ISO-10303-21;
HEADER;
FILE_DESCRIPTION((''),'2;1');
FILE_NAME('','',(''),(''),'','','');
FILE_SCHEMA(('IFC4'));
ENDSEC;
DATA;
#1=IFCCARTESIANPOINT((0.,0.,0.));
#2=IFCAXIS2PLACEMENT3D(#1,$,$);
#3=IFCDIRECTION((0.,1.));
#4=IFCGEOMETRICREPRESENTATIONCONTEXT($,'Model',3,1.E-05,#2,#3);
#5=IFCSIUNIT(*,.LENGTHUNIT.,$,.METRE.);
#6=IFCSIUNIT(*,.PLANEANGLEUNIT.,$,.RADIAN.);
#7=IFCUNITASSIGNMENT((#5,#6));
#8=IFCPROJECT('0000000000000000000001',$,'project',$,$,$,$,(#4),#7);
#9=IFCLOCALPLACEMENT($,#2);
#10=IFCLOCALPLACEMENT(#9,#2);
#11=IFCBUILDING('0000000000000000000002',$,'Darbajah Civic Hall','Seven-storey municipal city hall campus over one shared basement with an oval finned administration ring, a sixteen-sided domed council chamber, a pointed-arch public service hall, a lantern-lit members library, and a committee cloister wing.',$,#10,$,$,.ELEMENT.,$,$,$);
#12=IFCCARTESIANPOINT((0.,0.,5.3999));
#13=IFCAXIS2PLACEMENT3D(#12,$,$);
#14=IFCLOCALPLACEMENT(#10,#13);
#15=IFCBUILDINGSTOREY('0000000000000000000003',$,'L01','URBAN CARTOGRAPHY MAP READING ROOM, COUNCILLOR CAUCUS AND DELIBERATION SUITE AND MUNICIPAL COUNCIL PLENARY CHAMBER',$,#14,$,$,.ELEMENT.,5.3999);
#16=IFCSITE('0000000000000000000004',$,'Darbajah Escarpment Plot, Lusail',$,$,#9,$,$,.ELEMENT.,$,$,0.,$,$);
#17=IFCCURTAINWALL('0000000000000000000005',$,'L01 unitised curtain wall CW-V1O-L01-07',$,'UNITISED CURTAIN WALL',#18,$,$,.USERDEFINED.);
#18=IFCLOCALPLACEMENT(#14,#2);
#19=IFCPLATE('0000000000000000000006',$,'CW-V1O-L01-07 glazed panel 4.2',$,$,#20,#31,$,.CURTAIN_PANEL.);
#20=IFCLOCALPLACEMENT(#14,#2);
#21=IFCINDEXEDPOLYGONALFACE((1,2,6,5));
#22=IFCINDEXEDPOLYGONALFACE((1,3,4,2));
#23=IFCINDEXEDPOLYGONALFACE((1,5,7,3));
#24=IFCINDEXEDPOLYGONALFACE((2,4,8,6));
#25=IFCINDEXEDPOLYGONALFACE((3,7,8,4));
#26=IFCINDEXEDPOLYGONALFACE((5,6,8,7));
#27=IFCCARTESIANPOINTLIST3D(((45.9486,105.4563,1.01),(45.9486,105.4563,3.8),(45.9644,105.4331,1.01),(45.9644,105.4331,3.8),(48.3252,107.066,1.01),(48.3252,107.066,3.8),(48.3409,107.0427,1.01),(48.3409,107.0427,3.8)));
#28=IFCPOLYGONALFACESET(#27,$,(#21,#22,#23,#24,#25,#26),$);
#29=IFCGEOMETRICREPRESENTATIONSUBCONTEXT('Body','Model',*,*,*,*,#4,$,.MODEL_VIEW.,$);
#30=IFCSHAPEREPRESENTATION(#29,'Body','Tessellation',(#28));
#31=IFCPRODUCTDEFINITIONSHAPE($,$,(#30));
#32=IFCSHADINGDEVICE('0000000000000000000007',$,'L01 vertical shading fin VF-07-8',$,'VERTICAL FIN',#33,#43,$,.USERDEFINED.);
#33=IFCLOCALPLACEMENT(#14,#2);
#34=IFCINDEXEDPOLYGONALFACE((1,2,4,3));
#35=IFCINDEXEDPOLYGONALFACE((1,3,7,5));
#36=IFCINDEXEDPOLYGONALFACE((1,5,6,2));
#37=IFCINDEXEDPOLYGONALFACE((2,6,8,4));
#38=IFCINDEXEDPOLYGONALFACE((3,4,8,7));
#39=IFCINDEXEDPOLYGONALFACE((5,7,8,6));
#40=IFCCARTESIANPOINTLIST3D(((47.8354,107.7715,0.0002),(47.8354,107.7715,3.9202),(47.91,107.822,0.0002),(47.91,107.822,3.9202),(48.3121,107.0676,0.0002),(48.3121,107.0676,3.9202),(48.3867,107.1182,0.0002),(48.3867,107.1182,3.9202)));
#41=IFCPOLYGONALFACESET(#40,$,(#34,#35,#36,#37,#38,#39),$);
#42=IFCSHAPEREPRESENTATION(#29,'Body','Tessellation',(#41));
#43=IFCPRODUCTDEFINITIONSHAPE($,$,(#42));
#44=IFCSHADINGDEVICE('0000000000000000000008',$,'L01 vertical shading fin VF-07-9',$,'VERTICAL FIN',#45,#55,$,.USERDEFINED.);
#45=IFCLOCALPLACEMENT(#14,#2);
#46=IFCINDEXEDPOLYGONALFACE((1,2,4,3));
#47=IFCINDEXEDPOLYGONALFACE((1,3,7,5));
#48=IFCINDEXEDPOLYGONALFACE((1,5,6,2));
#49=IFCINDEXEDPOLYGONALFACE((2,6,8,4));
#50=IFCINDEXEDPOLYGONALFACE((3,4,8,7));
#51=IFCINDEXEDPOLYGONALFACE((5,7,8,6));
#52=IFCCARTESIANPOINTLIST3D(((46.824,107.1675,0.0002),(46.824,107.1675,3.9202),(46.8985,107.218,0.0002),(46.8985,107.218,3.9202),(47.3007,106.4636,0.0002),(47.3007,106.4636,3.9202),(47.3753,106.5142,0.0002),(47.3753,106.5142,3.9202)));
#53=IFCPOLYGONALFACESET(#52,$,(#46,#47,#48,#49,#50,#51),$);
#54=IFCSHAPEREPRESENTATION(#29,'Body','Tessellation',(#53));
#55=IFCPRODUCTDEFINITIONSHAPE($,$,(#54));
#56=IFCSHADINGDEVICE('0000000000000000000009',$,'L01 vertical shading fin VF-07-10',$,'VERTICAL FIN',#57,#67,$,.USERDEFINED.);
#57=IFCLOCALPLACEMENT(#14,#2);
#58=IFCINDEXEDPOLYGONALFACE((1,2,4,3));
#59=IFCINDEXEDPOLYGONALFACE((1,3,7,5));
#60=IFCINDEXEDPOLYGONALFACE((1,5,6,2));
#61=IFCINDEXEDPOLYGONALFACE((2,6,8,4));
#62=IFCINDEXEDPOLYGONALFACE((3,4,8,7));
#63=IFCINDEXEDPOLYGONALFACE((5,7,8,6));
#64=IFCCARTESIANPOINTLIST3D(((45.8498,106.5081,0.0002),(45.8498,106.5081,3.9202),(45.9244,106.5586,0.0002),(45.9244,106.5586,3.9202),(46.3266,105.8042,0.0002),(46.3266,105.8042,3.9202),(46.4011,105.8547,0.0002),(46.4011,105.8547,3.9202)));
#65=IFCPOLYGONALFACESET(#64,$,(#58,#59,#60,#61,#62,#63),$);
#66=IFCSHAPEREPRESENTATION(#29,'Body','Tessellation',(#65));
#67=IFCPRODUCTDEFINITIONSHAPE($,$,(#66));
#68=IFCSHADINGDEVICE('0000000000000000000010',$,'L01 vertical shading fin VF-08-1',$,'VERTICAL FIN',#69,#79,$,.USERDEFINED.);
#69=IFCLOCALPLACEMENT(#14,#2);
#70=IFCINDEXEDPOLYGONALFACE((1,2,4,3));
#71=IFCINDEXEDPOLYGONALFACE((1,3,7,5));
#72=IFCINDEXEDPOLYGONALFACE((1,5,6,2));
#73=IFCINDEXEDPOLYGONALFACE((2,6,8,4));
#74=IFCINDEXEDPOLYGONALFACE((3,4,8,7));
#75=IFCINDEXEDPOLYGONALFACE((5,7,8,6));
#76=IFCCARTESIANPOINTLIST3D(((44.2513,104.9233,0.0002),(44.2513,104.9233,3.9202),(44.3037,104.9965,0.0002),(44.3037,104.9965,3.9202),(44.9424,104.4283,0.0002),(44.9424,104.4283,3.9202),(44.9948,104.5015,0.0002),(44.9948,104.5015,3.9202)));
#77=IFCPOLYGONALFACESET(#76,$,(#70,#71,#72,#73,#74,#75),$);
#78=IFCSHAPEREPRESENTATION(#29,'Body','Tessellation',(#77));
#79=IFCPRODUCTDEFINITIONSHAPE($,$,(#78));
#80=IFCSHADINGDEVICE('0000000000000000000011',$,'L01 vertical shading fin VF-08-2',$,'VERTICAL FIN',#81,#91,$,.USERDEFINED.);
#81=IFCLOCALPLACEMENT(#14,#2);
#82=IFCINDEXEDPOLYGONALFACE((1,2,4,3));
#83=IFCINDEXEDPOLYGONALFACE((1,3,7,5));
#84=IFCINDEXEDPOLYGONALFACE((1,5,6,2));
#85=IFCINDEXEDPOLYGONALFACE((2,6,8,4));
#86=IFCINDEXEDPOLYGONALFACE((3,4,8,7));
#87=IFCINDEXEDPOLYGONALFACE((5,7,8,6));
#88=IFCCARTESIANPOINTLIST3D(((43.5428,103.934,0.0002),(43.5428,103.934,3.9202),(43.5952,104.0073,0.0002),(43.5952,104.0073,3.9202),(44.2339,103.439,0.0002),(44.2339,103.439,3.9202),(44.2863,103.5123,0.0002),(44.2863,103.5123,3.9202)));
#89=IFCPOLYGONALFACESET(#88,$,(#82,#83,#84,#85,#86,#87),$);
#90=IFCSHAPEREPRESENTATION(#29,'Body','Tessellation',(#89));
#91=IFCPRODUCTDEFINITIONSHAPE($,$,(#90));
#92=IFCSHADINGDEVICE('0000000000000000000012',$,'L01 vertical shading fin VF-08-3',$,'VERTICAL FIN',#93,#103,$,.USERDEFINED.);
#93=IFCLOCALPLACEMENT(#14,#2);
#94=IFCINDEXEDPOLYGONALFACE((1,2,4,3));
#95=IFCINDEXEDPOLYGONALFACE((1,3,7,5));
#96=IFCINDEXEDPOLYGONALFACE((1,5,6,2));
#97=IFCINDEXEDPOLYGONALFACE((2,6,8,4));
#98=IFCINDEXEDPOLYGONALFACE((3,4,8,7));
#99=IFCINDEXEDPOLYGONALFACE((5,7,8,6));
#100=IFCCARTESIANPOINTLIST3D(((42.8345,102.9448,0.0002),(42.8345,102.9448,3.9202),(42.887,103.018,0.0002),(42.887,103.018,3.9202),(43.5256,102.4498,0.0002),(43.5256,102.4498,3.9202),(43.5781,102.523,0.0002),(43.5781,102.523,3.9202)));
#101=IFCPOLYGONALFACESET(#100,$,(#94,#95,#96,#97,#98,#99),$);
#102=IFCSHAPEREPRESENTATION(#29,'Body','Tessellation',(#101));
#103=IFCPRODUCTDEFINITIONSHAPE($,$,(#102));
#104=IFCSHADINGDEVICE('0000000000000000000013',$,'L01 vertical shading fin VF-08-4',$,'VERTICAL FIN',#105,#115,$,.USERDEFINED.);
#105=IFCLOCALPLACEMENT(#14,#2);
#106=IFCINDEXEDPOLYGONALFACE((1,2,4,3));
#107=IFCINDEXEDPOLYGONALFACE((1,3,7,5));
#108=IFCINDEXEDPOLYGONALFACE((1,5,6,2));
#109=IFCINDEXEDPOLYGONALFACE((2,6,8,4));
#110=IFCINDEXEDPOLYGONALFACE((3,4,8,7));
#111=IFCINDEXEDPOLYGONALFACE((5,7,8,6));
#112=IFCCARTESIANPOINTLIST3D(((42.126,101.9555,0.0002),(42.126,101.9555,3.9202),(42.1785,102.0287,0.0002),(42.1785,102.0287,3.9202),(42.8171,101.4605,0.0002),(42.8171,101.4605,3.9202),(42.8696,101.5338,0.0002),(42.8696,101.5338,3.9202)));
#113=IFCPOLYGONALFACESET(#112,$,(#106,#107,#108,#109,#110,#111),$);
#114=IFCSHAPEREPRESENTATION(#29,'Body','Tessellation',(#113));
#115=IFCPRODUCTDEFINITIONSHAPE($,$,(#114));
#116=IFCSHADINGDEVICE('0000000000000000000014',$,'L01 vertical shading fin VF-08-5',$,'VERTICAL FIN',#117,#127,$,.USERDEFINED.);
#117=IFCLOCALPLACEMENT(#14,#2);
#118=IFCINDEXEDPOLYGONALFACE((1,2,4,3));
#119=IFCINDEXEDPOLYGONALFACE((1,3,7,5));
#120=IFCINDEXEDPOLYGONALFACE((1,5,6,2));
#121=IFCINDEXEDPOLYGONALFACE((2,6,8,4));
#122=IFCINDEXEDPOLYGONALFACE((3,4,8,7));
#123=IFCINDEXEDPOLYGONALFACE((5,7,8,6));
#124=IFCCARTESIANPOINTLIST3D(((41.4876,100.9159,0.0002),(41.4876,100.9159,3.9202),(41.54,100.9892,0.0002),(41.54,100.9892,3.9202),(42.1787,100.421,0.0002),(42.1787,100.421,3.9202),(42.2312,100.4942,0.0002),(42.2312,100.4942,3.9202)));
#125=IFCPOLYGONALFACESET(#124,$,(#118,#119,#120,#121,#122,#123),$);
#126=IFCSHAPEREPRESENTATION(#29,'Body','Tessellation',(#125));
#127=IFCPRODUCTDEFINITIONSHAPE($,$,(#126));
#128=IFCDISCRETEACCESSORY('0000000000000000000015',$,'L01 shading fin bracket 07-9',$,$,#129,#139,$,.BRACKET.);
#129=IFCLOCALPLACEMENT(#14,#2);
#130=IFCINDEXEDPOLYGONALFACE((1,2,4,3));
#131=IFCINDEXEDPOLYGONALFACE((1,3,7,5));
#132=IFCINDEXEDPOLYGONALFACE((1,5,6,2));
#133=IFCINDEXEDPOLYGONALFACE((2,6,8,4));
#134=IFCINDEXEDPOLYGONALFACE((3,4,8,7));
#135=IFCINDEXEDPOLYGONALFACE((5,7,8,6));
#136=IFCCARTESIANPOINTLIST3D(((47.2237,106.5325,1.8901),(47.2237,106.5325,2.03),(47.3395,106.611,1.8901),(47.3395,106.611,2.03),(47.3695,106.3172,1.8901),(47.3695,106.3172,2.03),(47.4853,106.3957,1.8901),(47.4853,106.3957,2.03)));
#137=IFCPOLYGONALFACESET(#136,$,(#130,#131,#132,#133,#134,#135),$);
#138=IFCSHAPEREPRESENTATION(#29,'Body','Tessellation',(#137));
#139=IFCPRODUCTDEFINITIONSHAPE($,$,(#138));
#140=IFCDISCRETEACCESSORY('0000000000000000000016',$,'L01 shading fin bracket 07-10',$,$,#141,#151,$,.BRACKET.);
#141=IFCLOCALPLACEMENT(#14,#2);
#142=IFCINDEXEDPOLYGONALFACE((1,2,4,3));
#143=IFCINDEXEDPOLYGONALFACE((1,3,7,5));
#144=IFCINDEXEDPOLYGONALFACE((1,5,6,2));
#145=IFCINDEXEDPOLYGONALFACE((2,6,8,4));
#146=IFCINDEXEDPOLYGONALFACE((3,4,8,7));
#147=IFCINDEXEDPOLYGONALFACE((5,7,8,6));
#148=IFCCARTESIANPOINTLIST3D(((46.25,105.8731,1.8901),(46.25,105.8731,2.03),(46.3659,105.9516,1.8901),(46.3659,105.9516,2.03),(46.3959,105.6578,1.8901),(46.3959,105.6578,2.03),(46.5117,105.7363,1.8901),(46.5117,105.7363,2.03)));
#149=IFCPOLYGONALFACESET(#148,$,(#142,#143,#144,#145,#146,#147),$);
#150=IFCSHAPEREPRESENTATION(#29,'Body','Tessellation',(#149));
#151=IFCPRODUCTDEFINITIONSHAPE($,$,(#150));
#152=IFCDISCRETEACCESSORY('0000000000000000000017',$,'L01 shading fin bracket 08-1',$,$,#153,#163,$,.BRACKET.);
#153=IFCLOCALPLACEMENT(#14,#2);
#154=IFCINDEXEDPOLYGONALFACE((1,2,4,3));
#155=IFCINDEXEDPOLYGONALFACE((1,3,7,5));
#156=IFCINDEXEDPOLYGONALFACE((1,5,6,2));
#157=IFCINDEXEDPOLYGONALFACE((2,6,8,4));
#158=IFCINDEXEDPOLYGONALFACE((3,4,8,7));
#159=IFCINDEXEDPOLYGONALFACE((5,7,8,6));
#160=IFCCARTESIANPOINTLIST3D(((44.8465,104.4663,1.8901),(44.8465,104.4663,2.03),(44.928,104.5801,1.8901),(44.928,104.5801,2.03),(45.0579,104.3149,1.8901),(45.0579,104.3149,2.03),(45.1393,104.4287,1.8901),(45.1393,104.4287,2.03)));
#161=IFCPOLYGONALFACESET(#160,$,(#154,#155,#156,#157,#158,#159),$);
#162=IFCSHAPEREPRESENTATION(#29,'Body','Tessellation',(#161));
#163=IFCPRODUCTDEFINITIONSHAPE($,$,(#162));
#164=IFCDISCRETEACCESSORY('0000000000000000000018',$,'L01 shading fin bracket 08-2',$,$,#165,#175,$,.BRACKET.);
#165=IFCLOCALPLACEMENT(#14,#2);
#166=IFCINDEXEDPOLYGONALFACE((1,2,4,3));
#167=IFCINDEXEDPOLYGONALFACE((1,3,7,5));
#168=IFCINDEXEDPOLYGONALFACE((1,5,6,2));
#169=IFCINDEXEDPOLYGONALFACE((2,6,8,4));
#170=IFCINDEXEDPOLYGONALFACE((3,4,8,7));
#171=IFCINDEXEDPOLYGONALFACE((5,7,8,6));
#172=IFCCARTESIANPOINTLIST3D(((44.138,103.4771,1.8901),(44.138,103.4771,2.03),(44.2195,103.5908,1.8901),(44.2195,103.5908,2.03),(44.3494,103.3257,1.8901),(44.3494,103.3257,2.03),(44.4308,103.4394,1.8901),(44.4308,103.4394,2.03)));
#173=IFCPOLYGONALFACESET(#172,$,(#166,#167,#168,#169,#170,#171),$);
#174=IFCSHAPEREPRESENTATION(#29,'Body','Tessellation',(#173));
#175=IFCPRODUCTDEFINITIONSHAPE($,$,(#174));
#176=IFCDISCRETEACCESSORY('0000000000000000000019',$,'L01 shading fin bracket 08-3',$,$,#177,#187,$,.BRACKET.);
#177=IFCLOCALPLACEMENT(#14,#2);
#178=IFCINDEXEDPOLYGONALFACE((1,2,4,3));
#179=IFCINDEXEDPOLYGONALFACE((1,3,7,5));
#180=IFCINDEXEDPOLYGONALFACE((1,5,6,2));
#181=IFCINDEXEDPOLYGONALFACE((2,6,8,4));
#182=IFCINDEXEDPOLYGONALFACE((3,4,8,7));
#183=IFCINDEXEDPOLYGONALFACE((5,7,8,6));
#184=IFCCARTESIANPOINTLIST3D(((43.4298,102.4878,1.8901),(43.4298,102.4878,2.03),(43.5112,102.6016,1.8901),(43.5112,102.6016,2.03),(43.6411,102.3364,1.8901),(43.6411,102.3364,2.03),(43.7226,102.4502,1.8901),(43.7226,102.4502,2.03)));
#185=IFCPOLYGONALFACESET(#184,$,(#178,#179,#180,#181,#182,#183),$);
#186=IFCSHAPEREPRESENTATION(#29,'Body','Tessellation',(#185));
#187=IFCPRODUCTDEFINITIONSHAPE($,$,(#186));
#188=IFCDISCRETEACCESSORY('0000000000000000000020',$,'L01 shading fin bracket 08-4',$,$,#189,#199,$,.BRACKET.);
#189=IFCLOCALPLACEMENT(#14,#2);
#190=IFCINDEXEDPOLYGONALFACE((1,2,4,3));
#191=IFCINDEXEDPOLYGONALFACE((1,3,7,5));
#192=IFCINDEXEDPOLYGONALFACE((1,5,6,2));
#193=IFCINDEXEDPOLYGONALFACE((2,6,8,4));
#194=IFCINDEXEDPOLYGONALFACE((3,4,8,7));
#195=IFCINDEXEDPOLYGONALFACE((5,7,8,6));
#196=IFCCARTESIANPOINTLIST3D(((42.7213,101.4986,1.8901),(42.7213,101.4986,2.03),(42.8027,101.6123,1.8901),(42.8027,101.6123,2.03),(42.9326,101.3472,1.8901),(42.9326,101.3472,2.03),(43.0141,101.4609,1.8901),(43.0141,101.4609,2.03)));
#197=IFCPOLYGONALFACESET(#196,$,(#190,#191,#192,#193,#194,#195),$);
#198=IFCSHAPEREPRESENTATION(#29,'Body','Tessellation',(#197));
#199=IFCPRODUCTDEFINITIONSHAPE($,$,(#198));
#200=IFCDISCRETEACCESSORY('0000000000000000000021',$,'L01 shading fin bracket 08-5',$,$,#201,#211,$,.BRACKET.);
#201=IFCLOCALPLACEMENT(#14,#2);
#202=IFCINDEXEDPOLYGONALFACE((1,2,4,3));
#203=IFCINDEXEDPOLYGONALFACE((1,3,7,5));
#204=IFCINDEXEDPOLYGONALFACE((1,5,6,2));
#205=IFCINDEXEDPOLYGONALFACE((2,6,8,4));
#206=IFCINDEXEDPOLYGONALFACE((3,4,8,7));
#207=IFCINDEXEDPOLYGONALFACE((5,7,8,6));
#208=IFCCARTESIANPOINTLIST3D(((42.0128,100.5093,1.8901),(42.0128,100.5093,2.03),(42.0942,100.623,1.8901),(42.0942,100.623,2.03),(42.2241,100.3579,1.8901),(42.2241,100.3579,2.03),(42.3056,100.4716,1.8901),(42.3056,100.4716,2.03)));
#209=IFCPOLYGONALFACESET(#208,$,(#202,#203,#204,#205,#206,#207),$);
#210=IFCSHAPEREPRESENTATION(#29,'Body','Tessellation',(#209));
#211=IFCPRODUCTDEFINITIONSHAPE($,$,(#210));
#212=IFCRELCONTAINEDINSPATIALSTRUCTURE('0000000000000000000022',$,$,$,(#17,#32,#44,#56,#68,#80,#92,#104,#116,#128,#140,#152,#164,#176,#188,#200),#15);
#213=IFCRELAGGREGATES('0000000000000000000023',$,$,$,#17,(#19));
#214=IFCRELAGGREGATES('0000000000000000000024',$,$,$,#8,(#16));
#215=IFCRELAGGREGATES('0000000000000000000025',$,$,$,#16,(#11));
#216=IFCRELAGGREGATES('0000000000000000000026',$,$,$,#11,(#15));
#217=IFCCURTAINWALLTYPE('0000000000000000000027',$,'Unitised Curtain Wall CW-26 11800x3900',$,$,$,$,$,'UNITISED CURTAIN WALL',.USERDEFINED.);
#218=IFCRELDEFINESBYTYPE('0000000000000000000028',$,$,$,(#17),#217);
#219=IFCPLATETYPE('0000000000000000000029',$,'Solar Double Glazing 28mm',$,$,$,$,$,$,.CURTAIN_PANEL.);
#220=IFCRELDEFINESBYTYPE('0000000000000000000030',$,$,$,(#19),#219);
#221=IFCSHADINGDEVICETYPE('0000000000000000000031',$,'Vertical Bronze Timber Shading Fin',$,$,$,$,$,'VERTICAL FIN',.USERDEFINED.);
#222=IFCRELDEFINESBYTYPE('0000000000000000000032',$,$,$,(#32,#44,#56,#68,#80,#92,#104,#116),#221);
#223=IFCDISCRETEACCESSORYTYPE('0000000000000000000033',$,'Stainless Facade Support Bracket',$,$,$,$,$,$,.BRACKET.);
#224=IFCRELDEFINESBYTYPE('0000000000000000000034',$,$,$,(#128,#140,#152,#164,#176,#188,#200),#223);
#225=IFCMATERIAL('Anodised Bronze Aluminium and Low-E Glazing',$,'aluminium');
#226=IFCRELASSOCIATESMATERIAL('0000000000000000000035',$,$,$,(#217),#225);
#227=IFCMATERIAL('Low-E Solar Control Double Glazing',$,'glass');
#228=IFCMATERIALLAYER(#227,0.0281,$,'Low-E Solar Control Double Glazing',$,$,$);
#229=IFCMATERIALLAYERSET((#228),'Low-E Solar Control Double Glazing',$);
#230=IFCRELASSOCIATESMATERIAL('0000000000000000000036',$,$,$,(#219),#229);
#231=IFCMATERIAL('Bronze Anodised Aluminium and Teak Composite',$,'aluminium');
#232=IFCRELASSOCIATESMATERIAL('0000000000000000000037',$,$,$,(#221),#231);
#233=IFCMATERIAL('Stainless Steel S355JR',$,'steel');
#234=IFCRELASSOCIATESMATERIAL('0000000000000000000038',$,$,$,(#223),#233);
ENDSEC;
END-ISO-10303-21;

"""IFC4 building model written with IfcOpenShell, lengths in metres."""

from ifc_helpers import new_model, si_unit, direction, frame, origin, origin_2d, place, context, subcontext, project, spatial, rectangle, extrude, material, layer, layer_set, type_object, element, aggregate, save


model = new_model("IFC4")

# Units and contexts
model_context = context("Model", 3, precision=1e-05, world=origin(), true_north=direction((0.0, 1.0)))
body_context = subcontext(model_context, "Body", "Model", "MODEL_VIEW")
ifc_project = project(units=[si_unit("LENGTHUNIT", "METRE"), si_unit("PLANEANGLEUNIT", "RADIAN")], contexts=[model_context])

# Site, building, storey
site_placement = place(None, origin())
site = spatial("IfcSite", under=ifc_project, at=site_placement, Name="Darbajah Escarpment Plot, Lusail", CompositionType="ELEMENT", RefElevation=0.0)
building_placement = place(site_placement, origin())
building = spatial("IfcBuilding", under=site, at=building_placement, Name="Darbajah Civic Hall", Description="Seven-storey municipal city hall campus over one shared basement with an oval finned administration ring, a sixteen-sided domed council chamber, a pointed-arch public service hall, a lantern-lit members library, and a committee cloister wing.", CompositionType="ELEMENT")
storey_placement = place(building_placement, frame((0.0, 0.0, 5.3999)))
storey = spatial("IfcBuildingStorey", under=building, at=storey_placement, Name="L01", Description="URBAN CARTOGRAPHY MAP READING ROOM, COUNCILLOR CAUCUS AND DELIBERATION SUITE AND MUNICIPAL COUNCIL PLENARY CHAMBER", CompositionType="ELEMENT", Elevation=5.3999)

# Shared definitions
ifc_material_1 = material(Name="Anodised Bronze Aluminium and Low-E Glazing", Category="aluminium")

# Curtain wall
curtain_wall_type_1 = type_object("IfcCurtainWallType", Name="Unitised Curtain Wall CW-26 11800x3900", ElementType="UNITISED CURTAIN WALL", PredefinedType="USERDEFINED", material=ifc_material_1)
curtain_wall_1_placement = place(storey_placement, origin())
curtain_wall_1 = element("IfcCurtainWall", 1, at=curtain_wall_1_placement, inside=storey, type_object=curtain_wall_type_1, Name="L01 unitised curtain wall CW-V1O-L01-07", ObjectType="UNITISED CURTAIN WALL", PredefinedType="USERDEFINED")

# Plate
ifc_material_2 = material(Name="Low-E Solar Control Double Glazing", Category="glass")
ifc_layer_1 = layer(ifc_material_2, 0.0281, Name="Low-E Solar Control Double Glazing")
ifc_layer_set_1 = layer_set([ifc_layer_1], Name="Low-E Solar Control Double Glazing")
plate_type_1 = type_object("IfcPlateType", Name="Solar Double Glazing 28mm", PredefinedType="CURTAIN_PANEL", material=ifc_layer_set_1)
plate_1_placement = place(storey_placement, frame((47.1448, 106.2495, 1.01), z_axis=(0.0, 0.0, 1.0), x_axis=(-0.827962, -0.560784, 0.0)))
plate_1 = element("IfcPlate", 2, at=plate_1_placement, type_object=plate_type_1, Name="CW-V1O-L01-07 glazed panel 4.2", PredefinedType="CURTAIN_PANEL", context=body_context, shape_type="SweptSolid", body=[
    extrude(rectangle(XDim=2.8704, YDim=0.0281, at=origin_2d()), origin(), (0.0, 0.0, 1.0), 2.79),
])
aggregate(curtain_wall_1, [plate_1])

# Shading devices
ifc_material_3 = material(Name="Bronze Anodised Aluminium and Teak Composite", Category="aluminium")
shading_device_type = type_object("IfcShadingDeviceType", Name="Vertical Bronze Timber Shading Fin", ElementType="VERTICAL FIN", PredefinedType="USERDEFINED", material=ifc_material_3)
for number, where, z_axis, x_axis, name in (
    (3, (48.1111, 107.4448, 0.0002), (0.0, 0.0, 1.0), (-0.560784, 0.827962, 0.0), "L01 vertical shading fin VF-07-8"),
    (4, (47.0996, 106.8408, 0.0002), (0.0, 0.0, 1.0), (-0.560784, 0.827962, 0.0), "L01 vertical shading fin VF-07-9"),
    (5, (46.1255, 106.1814, 0.0002), (0.0, 0.0, 1.0), (-0.560784, 0.827962, 0.0), "L01 vertical shading fin VF-07-10"),
    (6, (44.623, 104.7124, 0.0002), (0.0, 0.0, 1.0), (-0.812999, 0.582265, 0.0), "L01 vertical shading fin VF-08-1"),
    (7, (43.9146, 103.7231, 0.0002), (0.0, 0.0, 1.0), (-0.812999, 0.582265, 0.0), "L01 vertical shading fin VF-08-2"),
    (8, (43.2063, 102.7339, 0.0002), (0.0, 0.0, 1.0), (-0.812999, 0.582265, 0.0), "L01 vertical shading fin VF-08-3"),
    (9, (42.4978, 101.7446, 0.0002), (0.0, 0.0, 1.0), (-0.812999, 0.582265, 0.0), "L01 vertical shading fin VF-08-4"),
    (10, (41.8594, 100.7051, 0.0002), (0.0, 0.0, 1.0), (-0.812999, 0.582265, 0.0), "L01 vertical shading fin VF-08-5"),
):
    element("IfcShadingDevice", number, at=place(storey_placement, frame(where, z_axis=z_axis, x_axis=x_axis)), inside=storey, type_object=shading_device_type, Name=name, ObjectType="VERTICAL FIN", PredefinedType="USERDEFINED", context=body_context, shape_type="SweptSolid", body=[
        extrude(rectangle(XDim=0.8501, YDim=0.0901, at=origin_2d()), origin(), (0.0, 0.0, 1.0), 3.9199),
    ])

# Discrete accessories
ifc_material_4 = material(Name="Stainless Steel S355JR", Category="steel")
discrete_accessory_type = type_object("IfcDiscreteAccessoryType", Name="Stainless Facade Support Bracket", PredefinedType="BRACKET", material=ifc_material_4)
for number, where, z_axis, x_axis, name in (
    (11, (47.3545, 106.4641, 1.8901), (0.0, 0.0, 1.0), (-0.560784, 0.827962, 0.0), "L01 shading fin bracket 07-9"),
    (12, (46.3809, 105.8047, 1.8901), (0.0, 0.0, 1.0), (-0.560784, 0.827962, 0.0), "L01 shading fin bracket 07-10"),
    (13, (44.9929, 104.4475, 1.8901), (0.0, 0.0, 1.0), (-0.812999, 0.582265, 0.0), "L01 shading fin bracket 08-1"),
    (14, (44.2844, 103.4583, 1.8901), (0.0, 0.0, 1.0), (-0.812999, 0.582265, 0.0), "L01 shading fin bracket 08-2"),
    (15, (43.5762, 102.469, 1.8901), (0.0, 0.0, 1.0), (-0.812999, 0.582265, 0.0), "L01 shading fin bracket 08-3"),
    (16, (42.8677, 101.4797, 1.8901), (0.0, 0.0, 1.0), (-0.812999, 0.582265, 0.0), "L01 shading fin bracket 08-4"),
    (17, (42.1592, 100.4905, 1.8901), (0.0, 0.0, 1.0), (-0.812999, 0.582265, 0.0), "L01 shading fin bracket 08-5"),
):
    element("IfcDiscreteAccessory", number, at=place(storey_placement, frame(where, z_axis=z_axis, x_axis=x_axis)), inside=storey, type_object=discrete_accessory_type, Name=name, PredefinedType="BRACKET", context=body_context, shape_type="SweptSolid", body=[
        extrude(rectangle(XDim=0.26, YDim=0.1399, at=origin_2d()), origin(), (0.0, 0.0, 1.0), 0.1399),
    ])

save(model, "model.ifc")
